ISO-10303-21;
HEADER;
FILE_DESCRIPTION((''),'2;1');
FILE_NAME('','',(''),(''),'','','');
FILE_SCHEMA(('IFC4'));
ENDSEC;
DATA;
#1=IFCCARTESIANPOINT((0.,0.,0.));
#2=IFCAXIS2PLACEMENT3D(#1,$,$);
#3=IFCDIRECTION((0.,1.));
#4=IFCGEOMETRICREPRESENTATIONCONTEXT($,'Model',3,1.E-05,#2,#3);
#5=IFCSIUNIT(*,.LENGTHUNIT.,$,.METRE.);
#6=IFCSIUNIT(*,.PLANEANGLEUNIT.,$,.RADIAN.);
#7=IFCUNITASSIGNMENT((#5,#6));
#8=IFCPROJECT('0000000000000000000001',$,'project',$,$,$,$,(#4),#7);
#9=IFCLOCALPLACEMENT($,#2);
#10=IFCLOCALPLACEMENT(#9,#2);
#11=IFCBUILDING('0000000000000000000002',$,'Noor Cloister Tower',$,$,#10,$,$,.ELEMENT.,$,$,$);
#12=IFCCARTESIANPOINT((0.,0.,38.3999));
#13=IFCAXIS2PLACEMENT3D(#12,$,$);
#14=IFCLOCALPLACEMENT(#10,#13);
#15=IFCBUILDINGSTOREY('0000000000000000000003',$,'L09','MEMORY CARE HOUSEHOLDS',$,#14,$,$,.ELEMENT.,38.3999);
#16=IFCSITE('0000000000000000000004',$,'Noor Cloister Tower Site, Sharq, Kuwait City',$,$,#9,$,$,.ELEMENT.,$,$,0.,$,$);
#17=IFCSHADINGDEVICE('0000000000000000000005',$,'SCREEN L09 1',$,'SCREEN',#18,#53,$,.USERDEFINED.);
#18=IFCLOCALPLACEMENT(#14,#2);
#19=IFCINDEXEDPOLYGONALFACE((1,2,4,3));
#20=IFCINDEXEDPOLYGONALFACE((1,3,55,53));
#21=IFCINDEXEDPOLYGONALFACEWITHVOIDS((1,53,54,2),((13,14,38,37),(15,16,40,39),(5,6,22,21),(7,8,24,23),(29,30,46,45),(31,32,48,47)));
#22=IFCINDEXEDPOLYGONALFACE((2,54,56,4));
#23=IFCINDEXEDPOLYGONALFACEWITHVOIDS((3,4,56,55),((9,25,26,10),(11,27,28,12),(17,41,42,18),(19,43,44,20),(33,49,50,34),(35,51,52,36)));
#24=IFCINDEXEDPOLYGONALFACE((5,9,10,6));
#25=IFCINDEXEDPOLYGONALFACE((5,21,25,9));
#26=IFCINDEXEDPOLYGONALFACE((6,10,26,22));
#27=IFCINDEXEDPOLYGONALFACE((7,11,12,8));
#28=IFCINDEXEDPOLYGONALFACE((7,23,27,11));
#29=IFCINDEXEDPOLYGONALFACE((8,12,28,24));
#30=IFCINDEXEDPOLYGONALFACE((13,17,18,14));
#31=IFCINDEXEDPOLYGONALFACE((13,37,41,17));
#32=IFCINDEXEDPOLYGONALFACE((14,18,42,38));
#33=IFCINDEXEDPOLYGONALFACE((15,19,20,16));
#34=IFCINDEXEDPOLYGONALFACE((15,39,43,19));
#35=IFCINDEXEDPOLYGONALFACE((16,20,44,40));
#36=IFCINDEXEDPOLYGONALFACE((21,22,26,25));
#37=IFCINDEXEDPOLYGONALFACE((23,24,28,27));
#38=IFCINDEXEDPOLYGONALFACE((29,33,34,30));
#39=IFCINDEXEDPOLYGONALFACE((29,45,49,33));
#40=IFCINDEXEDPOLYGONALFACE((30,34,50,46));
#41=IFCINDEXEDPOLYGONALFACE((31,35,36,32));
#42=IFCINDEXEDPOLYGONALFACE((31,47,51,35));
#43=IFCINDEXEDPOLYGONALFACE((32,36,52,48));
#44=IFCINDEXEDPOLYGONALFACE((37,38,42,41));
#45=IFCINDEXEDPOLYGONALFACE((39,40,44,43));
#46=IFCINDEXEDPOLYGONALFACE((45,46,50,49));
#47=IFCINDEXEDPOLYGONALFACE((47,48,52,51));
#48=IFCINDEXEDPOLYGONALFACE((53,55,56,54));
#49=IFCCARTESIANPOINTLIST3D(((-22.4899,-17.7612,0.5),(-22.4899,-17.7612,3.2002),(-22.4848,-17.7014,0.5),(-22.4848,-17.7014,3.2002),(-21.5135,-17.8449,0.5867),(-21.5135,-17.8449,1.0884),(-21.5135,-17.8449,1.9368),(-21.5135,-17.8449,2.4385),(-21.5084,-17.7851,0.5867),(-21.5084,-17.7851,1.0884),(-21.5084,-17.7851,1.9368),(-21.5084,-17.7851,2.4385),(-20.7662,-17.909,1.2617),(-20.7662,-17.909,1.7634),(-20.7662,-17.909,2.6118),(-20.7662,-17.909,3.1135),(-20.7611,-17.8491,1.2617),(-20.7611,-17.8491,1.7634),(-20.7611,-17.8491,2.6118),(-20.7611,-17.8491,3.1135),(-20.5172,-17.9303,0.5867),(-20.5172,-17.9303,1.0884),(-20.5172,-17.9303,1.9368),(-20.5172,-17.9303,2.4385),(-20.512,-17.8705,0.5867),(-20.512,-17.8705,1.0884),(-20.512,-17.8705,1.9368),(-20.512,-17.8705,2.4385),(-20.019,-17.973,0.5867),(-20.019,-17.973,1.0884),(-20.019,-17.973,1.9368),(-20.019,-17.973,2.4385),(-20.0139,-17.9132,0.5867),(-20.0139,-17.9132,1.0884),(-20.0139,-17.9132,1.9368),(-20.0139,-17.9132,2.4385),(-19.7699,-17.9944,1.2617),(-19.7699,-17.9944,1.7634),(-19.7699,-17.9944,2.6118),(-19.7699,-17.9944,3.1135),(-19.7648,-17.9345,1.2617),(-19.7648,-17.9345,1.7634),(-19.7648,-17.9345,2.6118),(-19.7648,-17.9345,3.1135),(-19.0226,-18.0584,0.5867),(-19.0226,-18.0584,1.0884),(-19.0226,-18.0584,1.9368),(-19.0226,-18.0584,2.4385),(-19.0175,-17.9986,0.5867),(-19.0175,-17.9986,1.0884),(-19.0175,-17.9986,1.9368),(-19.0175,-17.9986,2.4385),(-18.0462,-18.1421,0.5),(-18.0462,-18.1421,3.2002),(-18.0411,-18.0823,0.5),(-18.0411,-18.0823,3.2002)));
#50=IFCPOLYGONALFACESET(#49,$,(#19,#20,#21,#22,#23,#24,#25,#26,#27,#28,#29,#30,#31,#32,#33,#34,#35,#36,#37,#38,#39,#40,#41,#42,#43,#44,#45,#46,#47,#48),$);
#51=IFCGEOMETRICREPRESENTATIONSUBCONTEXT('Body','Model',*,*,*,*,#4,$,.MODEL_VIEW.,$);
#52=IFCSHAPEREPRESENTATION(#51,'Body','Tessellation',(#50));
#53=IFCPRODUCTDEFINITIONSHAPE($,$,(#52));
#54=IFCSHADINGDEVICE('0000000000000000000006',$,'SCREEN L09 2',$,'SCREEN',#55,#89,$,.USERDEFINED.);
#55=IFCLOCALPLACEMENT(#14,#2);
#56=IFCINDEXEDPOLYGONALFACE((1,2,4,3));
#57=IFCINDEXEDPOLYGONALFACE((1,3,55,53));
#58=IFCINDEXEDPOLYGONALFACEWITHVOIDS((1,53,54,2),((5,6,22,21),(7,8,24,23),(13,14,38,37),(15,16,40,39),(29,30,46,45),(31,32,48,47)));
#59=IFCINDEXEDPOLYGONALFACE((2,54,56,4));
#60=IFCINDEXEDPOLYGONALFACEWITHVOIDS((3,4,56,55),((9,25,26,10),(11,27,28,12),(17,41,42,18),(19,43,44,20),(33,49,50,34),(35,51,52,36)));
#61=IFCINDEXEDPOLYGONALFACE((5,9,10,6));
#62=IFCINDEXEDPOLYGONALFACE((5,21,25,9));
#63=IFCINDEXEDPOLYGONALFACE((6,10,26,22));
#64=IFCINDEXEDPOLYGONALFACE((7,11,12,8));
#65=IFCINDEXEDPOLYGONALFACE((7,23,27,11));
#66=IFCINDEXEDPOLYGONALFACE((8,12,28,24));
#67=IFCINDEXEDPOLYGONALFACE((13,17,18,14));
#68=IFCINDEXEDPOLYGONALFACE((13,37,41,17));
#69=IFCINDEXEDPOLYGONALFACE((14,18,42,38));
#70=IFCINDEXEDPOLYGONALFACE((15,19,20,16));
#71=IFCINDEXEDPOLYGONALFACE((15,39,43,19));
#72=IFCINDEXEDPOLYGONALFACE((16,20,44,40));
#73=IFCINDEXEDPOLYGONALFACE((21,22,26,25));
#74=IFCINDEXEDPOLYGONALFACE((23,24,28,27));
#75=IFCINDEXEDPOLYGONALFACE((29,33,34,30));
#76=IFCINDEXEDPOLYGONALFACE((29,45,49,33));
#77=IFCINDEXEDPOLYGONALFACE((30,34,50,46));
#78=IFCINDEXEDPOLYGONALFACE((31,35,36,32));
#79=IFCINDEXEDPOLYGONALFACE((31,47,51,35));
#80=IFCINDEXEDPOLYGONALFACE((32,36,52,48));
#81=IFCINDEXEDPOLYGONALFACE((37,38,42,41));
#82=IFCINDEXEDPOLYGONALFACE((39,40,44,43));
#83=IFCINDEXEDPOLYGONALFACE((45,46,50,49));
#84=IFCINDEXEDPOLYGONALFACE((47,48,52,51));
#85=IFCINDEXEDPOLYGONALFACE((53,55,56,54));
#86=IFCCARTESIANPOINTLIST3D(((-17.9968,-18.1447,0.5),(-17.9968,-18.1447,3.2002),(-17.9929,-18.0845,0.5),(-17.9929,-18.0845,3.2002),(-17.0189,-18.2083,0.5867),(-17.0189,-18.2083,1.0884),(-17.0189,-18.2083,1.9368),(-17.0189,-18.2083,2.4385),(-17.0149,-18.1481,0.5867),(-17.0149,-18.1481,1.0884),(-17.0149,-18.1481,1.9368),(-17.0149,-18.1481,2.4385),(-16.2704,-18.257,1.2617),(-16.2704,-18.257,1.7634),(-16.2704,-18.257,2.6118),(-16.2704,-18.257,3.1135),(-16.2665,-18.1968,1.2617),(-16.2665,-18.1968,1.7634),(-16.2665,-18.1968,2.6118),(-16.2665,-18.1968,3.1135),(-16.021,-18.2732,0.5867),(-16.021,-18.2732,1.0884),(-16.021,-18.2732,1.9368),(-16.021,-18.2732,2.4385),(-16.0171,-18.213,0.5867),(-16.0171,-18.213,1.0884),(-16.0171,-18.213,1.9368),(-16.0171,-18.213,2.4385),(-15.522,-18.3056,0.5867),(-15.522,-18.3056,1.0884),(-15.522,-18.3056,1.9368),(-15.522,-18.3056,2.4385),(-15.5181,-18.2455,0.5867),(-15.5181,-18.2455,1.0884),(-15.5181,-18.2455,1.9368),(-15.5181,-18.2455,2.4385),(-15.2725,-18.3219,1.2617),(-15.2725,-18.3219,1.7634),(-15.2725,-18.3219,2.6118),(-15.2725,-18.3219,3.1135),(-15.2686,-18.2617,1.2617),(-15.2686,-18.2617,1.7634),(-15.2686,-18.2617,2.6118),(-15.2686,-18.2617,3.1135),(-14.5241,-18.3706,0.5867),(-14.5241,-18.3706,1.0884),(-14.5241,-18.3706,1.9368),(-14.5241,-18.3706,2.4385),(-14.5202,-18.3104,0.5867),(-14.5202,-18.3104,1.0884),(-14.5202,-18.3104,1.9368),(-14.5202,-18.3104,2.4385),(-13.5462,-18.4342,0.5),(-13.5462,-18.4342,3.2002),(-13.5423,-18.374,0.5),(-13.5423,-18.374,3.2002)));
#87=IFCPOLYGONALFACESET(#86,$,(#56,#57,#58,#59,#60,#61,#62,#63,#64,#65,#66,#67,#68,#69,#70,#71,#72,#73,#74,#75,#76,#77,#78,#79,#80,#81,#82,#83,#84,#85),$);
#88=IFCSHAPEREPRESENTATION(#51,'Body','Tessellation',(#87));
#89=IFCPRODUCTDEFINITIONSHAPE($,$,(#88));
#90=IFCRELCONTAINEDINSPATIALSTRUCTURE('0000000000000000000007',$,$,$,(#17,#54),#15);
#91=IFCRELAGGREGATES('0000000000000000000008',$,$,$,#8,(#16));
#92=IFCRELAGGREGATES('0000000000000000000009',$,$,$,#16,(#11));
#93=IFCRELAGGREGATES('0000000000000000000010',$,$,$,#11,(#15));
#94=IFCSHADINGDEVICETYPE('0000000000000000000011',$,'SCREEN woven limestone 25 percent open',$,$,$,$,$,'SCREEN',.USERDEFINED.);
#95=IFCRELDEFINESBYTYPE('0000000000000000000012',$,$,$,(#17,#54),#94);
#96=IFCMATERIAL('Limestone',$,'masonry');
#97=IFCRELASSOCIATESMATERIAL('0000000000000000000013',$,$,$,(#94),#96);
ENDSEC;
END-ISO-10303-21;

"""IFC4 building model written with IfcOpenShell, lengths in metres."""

from ifc_helpers import new_model, si_unit, direction, frame, origin, place, context, subcontext, project, spatial, polyline, outline, extrude, material, material_profile, profile_set, type_object, element, save


model = new_model("IFC4")

# Units and contexts
model_context = context("Model", 3, precision=1e-05, world=origin(), true_north=direction((0.0, 1.0)))
body_context = subcontext(model_context, "Body", "Model", "MODEL_VIEW")
ifc_project = project(units=[si_unit("LENGTHUNIT", "METRE"), si_unit("PLANEANGLEUNIT", "RADIAN")], contexts=[model_context])

# Site, building, storey
site_placement = place(None, origin())
site = spatial("IfcSite", under=ifc_project, at=site_placement, Name="Noor Cloister Tower Site, Sharq, Kuwait City", CompositionType="ELEMENT", RefElevation=0.0)
building_placement = place(site_placement, origin())
building = spatial("IfcBuilding", under=site, at=building_placement, Name="Noor Cloister Tower", CompositionType="ELEMENT")
storey_placement = place(building_placement, frame((0.0, 0.0, 38.3999)))
storey = spatial("IfcBuildingStorey", under=building, at=storey_placement, Name="L09", Description="MEMORY CARE HOUSEHOLDS", CompositionType="ELEMENT", Elevation=38.3999)

# Shading devices
ifc_material_1 = material(Name="Limestone", Category="masonry")
ifc_material_profile_1 = material_profile(ifc_material_1, outline(polyline([(-2.23, -1.3501), (2.23, -1.3501), (2.23, 1.3501), (-2.23, 1.3501), (-2.23, -1.3501)]), holes=[polyline([(-1.25, -1.2634), (-0.25, -1.2634), (-0.25, -0.7617), (-1.25, -0.7617), (-1.25, -1.2634)]), polyline([(0.25, -1.2634), (1.25, -1.2634), (1.25, -0.7617), (0.25, -0.7617), (0.25, -1.2634)]), polyline([(-0.5, -0.5884), (0.5, -0.5884), (0.5, -0.0867), (-0.5, -0.0867), (-0.5, -0.5884)]), polyline([(-1.25, 0.0867), (-0.25, 0.0867), (-0.25, 0.5884), (-1.25, 0.5884), (-1.25, 0.0867)]), polyline([(0.25, 0.0867), (1.25, 0.0867), (1.25, 0.5884), (0.25, 0.5884), (0.25, 0.0867)]), polyline([(-0.5, 0.7617), (0.5, 0.7617), (0.5, 1.2634), (-0.5, 1.2634), (-0.5, 0.7617)])]), Name="Woven screen 25 percent open")
ifc_profile_set_1 = profile_set([ifc_material_profile_1], Name="Limestone")
shading_device_type = type_object("IfcShadingDeviceType", Name="SCREEN woven limestone 25 percent open", ElementType="SCREEN", PredefinedType="USERDEFINED", material=ifc_profile_set_1)
shading_device_1_placement = place(storey_placement, frame((-20.2629, -17.8918, 1.8501), z_axis=(-0.085401, -0.996347, 0.0), x_axis=(0.996347, -0.085401, 0.0)))
element("IfcShadingDevice", 1, at=shading_device_1_placement, inside=storey, type_object=shading_device_type, Name="SCREEN L09 1", ObjectType="SCREEN", PredefinedType="USERDEFINED", context=body_context, shape_type="SweptSolid", body=[
    extrude(outline(polyline([(-2.23, -1.3501), (2.23, -1.3501), (2.23, 1.3501), (-2.23, 1.3501), (-2.23, -1.3501)]), holes=[polyline([(-1.25, -1.2634), (-0.25, -1.2634), (-0.25, -0.7617), (-1.25, -0.7617), (-1.25, -1.2634)]), polyline([(0.25, -1.2634), (1.25, -1.2634), (1.25, -0.7617), (0.25, -0.7617), (0.25, -1.2634)]), polyline([(-0.5, -0.5884), (0.5, -0.5884), (0.5, -0.0867), (-0.5, -0.0867), (-0.5, -0.5884)]), polyline([(-1.25, 0.0867), (-0.25, 0.0867), (-0.25, 0.5884), (-1.25, 0.5884), (-1.25, 0.0867)]), polyline([(0.25, 0.0867), (1.25, 0.0867), (1.25, 0.5884), (0.25, 0.5884), (0.25, 0.0867)]), polyline([(-0.5, 0.7617), (0.5, 0.7617), (0.5, 1.2634), (-0.5, 1.2634), (-0.5, 0.7617)])]), origin(), (0.0, 0.0, 1.0), 0.0601),
])
shading_device_2_placement = place(storey_placement, frame((-15.7676, -18.2292, 1.8501), z_axis=(-0.064904, -0.997892, 0.0), x_axis=(0.997892, -0.064904, 0.0)))
element("IfcShadingDevice", 2, at=shading_device_2_placement, inside=storey, type_object=shading_device_type, Name="SCREEN L09 2", ObjectType="SCREEN", PredefinedType="USERDEFINED", context=body_context, shape_type="SweptSolid", body=[
    extrude(outline(polyline([(-2.23, -1.3501), (2.23, -1.3501), (2.23, 1.3501), (-2.23, 1.3501), (-2.23, -1.3501)]), holes=[polyline([(-1.25, -1.2634), (-0.25, -1.2634), (-0.25, -0.7617), (-1.25, -0.7617), (-1.25, -1.2634)]), polyline([(0.25, -1.2634), (1.25, -1.2634), (1.25, -0.7617), (0.25, -0.7617), (0.25, -1.2634)]), polyline([(-0.5, -0.5884), (0.5, -0.5884), (0.5, -0.0867), (-0.5, -0.0867), (-0.5, -0.5884)]), polyline([(-1.25, 0.0867), (-0.25, 0.0867), (-0.25, 0.5884), (-1.25, 0.5884), (-1.25, 0.0867)]), polyline([(0.25, 0.0867), (1.25, 0.0867), (1.25, 0.5884), (0.25, 0.5884), (0.25, 0.0867)]), polyline([(-0.5, 0.7617), (0.5, 0.7617), (0.5, 1.2634), (-0.5, 1.2634), (-0.5, 0.7617)])]), origin(), (0.0, 0.0, 1.0), 0.0603),
])

save(model, "model.ifc")
